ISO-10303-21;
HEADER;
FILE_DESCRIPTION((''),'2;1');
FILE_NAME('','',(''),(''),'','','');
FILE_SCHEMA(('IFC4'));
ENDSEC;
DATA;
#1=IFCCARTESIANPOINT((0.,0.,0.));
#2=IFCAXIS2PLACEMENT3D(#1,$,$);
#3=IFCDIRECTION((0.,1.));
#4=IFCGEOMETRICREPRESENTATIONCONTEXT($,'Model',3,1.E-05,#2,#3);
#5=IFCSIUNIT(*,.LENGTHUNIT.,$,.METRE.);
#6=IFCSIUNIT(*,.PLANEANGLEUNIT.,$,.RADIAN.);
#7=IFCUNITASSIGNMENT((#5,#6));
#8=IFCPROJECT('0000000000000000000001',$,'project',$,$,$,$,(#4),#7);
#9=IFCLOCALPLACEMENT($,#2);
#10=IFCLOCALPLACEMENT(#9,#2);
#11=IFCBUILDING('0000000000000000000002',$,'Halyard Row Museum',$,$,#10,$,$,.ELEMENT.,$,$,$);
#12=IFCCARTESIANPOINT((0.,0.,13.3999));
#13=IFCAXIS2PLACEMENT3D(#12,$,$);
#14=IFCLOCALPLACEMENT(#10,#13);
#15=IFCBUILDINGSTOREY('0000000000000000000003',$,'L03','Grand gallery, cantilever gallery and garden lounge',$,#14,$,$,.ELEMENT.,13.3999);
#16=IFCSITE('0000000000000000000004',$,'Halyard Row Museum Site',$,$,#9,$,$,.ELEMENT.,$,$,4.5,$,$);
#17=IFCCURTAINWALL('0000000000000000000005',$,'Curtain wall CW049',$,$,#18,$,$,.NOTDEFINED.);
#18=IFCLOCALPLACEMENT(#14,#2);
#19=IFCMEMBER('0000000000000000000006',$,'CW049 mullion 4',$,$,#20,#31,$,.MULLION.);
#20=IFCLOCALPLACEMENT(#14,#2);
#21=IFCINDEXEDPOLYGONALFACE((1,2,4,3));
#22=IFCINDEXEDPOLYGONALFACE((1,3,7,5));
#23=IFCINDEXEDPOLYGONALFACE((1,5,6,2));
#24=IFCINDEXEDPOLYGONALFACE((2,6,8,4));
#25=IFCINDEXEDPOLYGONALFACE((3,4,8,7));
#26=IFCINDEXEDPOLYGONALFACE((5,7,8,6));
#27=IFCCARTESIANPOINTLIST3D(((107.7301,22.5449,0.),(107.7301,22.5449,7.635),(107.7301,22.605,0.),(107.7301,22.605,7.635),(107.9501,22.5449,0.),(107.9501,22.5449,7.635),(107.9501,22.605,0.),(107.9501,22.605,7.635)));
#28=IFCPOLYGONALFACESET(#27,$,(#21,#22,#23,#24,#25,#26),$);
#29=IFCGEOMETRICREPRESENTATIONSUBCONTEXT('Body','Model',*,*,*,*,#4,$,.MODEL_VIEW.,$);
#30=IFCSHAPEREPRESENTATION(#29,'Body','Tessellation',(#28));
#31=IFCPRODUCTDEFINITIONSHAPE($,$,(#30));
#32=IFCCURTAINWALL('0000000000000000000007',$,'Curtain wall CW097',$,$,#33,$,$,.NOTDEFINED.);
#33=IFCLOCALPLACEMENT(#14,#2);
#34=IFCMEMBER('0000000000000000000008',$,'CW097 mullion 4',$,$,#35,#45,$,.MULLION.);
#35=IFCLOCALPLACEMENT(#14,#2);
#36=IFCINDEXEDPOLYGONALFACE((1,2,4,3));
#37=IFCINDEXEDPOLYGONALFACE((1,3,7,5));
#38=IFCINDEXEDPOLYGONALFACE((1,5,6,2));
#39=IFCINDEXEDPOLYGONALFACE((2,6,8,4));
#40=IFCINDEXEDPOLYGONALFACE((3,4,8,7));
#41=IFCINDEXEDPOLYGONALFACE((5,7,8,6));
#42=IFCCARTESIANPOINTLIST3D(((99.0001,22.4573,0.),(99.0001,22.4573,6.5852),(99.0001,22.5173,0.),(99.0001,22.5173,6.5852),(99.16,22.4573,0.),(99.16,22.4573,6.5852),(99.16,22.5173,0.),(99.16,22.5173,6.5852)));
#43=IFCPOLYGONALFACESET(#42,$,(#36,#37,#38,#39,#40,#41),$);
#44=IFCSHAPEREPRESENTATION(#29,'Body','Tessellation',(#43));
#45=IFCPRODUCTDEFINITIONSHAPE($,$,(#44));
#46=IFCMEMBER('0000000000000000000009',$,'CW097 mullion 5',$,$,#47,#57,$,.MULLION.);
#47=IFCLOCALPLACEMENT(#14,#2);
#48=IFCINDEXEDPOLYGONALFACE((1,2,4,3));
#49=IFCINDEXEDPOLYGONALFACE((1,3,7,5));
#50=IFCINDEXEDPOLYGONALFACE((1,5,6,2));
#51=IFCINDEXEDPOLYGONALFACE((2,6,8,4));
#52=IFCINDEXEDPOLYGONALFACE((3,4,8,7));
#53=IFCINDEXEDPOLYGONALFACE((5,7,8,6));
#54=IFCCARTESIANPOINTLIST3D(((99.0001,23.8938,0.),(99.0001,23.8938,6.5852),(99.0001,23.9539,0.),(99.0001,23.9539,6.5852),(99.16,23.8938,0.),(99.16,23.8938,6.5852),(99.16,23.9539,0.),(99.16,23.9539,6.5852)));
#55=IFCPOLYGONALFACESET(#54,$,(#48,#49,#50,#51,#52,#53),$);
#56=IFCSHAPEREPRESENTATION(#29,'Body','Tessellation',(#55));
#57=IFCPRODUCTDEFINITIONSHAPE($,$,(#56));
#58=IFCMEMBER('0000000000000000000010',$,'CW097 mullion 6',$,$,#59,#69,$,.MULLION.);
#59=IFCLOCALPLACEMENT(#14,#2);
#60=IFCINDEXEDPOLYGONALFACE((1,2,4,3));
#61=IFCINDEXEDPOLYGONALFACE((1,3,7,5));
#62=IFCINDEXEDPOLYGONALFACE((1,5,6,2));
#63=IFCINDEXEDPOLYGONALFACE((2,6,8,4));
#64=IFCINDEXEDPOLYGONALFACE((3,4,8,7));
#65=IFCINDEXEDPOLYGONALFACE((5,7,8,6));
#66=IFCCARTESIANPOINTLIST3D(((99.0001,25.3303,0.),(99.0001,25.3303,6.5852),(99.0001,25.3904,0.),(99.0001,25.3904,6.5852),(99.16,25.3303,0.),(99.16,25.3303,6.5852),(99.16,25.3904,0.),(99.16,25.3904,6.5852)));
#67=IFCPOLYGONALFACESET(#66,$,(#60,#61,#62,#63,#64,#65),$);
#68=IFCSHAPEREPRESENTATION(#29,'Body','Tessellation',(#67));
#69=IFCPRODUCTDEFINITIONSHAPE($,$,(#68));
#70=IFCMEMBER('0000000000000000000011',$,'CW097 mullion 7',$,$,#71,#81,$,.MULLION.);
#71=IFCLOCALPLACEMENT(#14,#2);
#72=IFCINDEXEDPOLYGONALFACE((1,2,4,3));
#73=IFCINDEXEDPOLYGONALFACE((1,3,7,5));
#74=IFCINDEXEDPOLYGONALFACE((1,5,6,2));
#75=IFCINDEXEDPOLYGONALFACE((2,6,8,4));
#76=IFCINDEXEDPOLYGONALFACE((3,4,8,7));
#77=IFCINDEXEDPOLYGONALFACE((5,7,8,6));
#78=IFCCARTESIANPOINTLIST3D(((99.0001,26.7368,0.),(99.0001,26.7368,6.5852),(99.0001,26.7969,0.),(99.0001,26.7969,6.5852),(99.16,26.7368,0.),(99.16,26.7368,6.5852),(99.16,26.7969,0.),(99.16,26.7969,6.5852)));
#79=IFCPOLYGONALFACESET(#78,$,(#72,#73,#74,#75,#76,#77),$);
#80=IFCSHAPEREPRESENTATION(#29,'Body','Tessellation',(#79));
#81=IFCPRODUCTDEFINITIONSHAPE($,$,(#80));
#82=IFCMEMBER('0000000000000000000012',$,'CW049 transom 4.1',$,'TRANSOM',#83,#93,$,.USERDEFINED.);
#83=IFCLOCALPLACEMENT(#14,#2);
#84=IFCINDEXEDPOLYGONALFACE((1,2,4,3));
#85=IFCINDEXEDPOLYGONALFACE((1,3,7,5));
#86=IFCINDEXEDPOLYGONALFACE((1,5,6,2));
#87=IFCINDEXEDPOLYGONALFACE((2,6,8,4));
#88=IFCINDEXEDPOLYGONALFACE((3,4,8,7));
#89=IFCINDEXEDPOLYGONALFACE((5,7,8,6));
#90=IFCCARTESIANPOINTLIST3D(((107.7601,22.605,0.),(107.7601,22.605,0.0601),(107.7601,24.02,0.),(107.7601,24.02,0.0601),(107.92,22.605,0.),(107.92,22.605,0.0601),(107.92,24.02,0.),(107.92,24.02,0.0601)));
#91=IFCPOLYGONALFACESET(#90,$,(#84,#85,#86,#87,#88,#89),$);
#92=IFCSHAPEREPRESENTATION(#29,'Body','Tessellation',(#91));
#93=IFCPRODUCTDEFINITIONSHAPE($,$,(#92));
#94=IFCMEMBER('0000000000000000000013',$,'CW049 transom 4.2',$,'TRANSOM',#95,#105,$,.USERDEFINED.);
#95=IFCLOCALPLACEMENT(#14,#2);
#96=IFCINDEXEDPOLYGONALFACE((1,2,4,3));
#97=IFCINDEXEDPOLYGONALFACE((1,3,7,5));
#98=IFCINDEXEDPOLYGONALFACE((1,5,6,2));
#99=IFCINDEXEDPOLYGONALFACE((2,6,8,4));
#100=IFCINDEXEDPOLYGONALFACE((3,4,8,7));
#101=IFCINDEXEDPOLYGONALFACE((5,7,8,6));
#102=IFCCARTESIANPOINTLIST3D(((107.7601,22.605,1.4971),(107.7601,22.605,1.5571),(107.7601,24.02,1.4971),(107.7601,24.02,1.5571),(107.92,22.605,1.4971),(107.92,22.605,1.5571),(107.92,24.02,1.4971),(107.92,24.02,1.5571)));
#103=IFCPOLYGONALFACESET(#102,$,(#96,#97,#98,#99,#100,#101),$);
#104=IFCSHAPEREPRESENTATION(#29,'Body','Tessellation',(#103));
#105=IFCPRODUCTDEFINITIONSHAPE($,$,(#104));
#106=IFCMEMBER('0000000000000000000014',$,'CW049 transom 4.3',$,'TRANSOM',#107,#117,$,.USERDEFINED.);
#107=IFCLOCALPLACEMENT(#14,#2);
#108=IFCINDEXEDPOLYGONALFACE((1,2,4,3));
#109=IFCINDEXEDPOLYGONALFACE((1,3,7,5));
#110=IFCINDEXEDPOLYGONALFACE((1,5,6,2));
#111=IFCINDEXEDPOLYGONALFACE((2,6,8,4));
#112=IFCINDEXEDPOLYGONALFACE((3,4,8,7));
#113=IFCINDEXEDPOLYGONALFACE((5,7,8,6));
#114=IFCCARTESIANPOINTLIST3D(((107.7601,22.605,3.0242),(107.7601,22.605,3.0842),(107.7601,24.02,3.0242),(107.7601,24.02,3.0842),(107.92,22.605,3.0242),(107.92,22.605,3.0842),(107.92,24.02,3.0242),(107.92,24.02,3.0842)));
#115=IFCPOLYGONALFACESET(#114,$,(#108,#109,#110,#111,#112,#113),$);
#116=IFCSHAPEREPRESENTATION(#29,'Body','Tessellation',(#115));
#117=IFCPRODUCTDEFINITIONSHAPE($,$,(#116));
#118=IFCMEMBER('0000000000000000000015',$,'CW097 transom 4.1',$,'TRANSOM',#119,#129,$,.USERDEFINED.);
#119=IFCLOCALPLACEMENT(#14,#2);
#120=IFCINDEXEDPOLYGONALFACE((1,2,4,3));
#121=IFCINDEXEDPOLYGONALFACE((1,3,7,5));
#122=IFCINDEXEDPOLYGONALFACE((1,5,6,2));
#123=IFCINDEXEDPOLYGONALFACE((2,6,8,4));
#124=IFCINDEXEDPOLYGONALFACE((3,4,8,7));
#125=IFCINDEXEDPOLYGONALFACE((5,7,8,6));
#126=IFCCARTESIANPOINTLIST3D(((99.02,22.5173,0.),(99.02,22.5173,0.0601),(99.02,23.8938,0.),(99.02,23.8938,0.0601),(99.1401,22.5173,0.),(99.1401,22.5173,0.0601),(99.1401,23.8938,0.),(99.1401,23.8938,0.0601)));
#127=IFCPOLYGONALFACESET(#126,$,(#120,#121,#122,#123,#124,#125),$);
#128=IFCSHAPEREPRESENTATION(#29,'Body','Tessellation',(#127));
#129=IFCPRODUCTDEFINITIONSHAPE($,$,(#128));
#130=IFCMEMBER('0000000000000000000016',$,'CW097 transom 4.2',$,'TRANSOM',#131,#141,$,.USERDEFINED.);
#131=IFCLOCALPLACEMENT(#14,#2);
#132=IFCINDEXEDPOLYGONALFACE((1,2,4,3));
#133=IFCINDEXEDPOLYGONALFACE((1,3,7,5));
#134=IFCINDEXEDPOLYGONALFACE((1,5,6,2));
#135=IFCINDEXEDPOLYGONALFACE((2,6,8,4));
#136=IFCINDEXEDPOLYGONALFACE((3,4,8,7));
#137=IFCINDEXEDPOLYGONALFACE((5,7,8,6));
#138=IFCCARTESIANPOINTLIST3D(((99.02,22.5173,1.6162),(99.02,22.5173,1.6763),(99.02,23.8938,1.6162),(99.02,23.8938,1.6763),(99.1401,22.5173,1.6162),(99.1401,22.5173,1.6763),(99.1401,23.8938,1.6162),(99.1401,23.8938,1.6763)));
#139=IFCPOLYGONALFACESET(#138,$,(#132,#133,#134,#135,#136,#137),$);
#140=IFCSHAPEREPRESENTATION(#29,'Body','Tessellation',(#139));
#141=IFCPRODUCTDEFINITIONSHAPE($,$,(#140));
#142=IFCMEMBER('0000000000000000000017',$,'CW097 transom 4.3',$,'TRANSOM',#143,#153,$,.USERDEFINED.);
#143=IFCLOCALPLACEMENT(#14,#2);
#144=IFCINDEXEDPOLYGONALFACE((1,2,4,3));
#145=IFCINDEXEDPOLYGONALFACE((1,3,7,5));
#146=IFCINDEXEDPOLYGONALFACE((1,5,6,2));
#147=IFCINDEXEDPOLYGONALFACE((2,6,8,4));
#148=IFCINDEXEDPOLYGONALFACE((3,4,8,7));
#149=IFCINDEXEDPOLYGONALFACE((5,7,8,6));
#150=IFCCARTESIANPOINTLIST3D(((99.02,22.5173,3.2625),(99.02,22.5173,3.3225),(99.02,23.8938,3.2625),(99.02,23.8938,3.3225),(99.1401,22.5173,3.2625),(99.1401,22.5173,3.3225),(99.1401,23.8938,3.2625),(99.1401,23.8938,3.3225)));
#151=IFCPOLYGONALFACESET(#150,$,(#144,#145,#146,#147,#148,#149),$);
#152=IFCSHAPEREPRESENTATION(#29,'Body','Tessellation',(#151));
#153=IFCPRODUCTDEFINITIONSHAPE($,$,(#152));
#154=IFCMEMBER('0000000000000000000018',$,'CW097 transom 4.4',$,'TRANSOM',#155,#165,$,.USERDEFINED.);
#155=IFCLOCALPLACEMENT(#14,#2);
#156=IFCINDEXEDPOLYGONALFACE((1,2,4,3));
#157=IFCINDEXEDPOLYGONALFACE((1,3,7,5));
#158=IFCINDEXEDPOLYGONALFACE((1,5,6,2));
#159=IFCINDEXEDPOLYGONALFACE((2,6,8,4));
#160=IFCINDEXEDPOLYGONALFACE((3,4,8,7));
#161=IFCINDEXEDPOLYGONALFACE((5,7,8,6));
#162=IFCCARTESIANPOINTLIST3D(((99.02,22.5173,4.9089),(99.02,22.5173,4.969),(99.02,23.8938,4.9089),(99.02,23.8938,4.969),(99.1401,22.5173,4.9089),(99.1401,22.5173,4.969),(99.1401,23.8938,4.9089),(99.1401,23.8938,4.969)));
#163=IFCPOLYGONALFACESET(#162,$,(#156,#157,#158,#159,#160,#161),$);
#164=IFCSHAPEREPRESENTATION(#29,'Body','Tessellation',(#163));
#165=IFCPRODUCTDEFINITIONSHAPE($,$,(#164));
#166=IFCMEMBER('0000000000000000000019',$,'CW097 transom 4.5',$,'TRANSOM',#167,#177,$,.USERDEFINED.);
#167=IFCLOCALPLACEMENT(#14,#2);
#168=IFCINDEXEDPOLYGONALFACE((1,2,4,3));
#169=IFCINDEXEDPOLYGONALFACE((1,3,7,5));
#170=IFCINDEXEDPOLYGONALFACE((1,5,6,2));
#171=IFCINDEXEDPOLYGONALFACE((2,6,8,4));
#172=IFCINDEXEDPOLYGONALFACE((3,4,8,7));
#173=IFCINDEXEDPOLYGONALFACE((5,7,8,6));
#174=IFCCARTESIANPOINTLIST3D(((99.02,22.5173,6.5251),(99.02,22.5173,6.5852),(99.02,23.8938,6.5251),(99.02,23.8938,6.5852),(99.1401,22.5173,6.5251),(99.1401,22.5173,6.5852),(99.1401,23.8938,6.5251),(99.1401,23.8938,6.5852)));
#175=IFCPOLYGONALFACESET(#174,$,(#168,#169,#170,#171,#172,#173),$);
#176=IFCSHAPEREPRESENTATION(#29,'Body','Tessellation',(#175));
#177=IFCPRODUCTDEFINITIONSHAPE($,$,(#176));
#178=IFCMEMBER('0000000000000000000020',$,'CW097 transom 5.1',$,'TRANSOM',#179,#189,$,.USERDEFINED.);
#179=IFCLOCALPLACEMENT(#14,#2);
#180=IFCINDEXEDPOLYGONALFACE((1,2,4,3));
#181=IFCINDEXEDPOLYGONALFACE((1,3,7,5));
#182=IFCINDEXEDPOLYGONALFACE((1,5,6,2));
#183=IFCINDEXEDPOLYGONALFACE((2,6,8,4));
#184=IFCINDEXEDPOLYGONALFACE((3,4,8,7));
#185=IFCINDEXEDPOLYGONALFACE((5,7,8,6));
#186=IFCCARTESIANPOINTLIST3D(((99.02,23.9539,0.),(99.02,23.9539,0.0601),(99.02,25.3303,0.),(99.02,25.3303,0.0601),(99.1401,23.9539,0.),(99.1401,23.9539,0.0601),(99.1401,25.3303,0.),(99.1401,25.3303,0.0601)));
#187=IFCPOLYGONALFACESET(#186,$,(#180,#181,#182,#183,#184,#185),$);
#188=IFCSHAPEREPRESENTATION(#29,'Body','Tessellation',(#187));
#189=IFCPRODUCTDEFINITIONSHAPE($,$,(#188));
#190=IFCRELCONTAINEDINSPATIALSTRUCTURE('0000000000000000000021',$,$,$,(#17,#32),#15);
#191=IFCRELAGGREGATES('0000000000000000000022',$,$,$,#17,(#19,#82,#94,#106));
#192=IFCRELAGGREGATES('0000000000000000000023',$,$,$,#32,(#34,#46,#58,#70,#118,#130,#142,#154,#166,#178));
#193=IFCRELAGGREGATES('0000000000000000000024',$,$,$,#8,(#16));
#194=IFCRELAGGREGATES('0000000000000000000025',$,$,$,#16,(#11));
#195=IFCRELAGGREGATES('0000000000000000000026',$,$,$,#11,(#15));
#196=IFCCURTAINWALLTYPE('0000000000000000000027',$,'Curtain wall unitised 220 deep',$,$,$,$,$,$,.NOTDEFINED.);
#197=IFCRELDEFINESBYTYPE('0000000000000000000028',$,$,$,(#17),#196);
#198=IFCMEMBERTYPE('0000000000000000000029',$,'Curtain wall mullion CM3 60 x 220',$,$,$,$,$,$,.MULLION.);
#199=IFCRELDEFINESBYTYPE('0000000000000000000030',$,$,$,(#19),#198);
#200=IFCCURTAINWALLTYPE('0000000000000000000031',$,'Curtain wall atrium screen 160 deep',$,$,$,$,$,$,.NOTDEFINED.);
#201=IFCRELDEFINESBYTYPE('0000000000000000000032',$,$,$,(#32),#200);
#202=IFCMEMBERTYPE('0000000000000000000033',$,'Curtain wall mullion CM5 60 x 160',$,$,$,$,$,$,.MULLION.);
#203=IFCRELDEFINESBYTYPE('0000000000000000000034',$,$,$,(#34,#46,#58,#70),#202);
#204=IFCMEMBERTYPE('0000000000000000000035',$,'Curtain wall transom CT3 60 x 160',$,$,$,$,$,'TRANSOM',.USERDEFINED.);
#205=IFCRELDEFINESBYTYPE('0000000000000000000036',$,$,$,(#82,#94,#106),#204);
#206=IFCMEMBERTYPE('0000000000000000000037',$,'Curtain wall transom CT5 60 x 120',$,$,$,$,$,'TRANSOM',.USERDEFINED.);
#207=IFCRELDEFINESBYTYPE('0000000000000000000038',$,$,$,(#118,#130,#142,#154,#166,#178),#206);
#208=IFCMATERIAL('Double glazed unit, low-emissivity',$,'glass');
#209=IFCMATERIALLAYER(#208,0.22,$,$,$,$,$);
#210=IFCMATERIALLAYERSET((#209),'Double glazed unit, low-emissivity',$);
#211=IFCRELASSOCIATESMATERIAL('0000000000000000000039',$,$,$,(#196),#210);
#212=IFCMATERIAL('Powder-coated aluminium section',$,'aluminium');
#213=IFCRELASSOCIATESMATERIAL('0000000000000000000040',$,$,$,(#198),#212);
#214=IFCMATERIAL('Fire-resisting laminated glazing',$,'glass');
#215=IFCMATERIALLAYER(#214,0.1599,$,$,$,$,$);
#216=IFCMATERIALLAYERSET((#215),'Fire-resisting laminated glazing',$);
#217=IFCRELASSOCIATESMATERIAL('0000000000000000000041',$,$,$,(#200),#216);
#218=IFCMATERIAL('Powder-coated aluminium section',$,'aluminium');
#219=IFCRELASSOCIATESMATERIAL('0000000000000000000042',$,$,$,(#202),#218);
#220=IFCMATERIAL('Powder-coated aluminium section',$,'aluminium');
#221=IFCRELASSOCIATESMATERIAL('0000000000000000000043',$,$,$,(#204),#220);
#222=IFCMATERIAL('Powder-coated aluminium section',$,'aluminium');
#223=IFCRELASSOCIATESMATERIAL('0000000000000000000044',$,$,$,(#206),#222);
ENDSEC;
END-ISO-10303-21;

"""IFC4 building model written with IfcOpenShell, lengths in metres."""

from ifc_helpers import new_model, si_unit, direction, frame, origin, origin_2d, place, context, subcontext, project, spatial, rectangle, extrude, material, layer, layer_set, material_profile, profile_set, type_object, element, aggregate, save


model = new_model("IFC4")

# Units and contexts
model_context = context("Model", 3, precision=1e-05, world=origin(), true_north=direction((0.0, 1.0)))
body_context = subcontext(model_context, "Body", "Model", "MODEL_VIEW")
ifc_project = project(units=[si_unit("LENGTHUNIT", "METRE"), si_unit("PLANEANGLEUNIT", "RADIAN")], contexts=[model_context])

# Site, building, storey
site_placement = place(None, origin())
site = spatial("IfcSite", under=ifc_project, at=site_placement, Name="Halyard Row Museum Site", CompositionType="ELEMENT", RefElevation=4.5)
building_placement = place(site_placement, origin())
building = spatial("IfcBuilding", under=site, at=building_placement, Name="Halyard Row Museum", CompositionType="ELEMENT")
storey_placement = place(building_placement, frame((0.0, 0.0, 13.3999)))
storey = spatial("IfcBuildingStorey", under=building, at=storey_placement, Name="L03", Description="Grand gallery, cantilever gallery and garden lounge", CompositionType="ELEMENT", Elevation=13.3999)

# Curtain wall, member
ifc_material_1 = material(Name="Double glazed unit, low-emissivity", Category="glass")
ifc_layer_1 = layer(ifc_material_1, 0.22)
ifc_layer_set_1 = layer_set([ifc_layer_1], Name="Double glazed unit, low-emissivity")
curtain_wall_type_1 = type_object("IfcCurtainWallType", Name="Curtain wall unitised 220 deep", PredefinedType="NOTDEFINED", material=ifc_layer_set_1)
curtain_wall_1_placement = place(storey_placement, origin())
curtain_wall_1 = element("IfcCurtainWall", 1, at=curtain_wall_1_placement, inside=storey, type_object=curtain_wall_type_1, Name="Curtain wall CW049", PredefinedType="NOTDEFINED")
ifc_material_2 = material(Name="Powder-coated aluminium section", Category="aluminium")
ifc_material_profile_1 = material_profile(ifc_material_2, rectangle(XDim=0.22, YDim=0.0601, at=origin_2d()), Name="220x60 mullion")
ifc_profile_set_1 = profile_set([ifc_material_profile_1], Name="Powder-coated aluminium section")
member_type_1 = type_object("IfcMemberType", Name="Curtain wall mullion CM3 60 x 220", PredefinedType="MULLION", material=ifc_profile_set_1)
member_1_placement = place(storey_placement, frame((107.8401, 22.575, 0.0), z_axis=(0.0, 0.0, 1.0), x_axis=(-1.0, 0.0, 0.0)))
member_1 = element("IfcMember", 2, at=member_1_placement, type_object=member_type_1, Name="CW049 mullion 4", PredefinedType="MULLION", context=body_context, shape_type="SweptSolid", body=[
    extrude(rectangle(XDim=0.22, YDim=0.0601, at=origin_2d()), origin(), (0.0, 0.0, 1.0), 7.635),
])

# Curtain wall, members
ifc_material_3 = material(Name="Fire-resisting laminated glazing", Category="glass")
ifc_layer_2 = layer(ifc_material_3, 0.1599)
ifc_layer_set_2 = layer_set([ifc_layer_2], Name="Fire-resisting laminated glazing")
curtain_wall_type_2 = type_object("IfcCurtainWallType", Name="Curtain wall atrium screen 160 deep", PredefinedType="NOTDEFINED", material=ifc_layer_set_2)
curtain_wall_2_placement = place(storey_placement, origin())
curtain_wall_2 = element("IfcCurtainWall", 3, at=curtain_wall_2_placement, inside=storey, type_object=curtain_wall_type_2, Name="Curtain wall CW097", PredefinedType="NOTDEFINED")
ifc_material_4 = material(Name="Powder-coated aluminium section", Category="aluminium")
ifc_material_profile_2 = material_profile(ifc_material_4, rectangle(XDim=0.1599, YDim=0.0601, at=origin_2d()), Name="160x60 mullion")
ifc_profile_set_2 = profile_set([ifc_material_profile_2], Name="Powder-coated aluminium section")
member_type_2 = type_object("IfcMemberType", Name="Curtain wall mullion CM5 60 x 160", PredefinedType="MULLION", material=ifc_profile_set_2)
member_2_placement = place(storey_placement, frame((99.0801, 22.4873, 0.0), z_axis=(0.0, 0.0, 1.0), x_axis=(-1.0, 0.0, 0.0)))
member_2 = element("IfcMember", 4, at=member_2_placement, type_object=member_type_2, Name="CW097 mullion 4", PredefinedType="MULLION", context=body_context, shape_type="SweptSolid", body=[
    extrude(rectangle(XDim=0.1599, YDim=0.0601, at=origin_2d()), origin(), (0.0, 0.0, 1.0), 6.5852),
])
member_3_placement = place(storey_placement, frame((99.0801, 23.9238, 0.0), z_axis=(0.0, 0.0, 1.0), x_axis=(-1.0, 0.0, 0.0)))
member_3 = element("IfcMember", 5, at=member_3_placement, type_object=member_type_2, Name="CW097 mullion 5", PredefinedType="MULLION", context=body_context, shape_type="SweptSolid", body=[
    extrude(rectangle(XDim=0.1599, YDim=0.0601, at=origin_2d()), origin(), (0.0, 0.0, 1.0), 6.5852),
])
member_4_placement = place(storey_placement, frame((99.0801, 25.3604, 0.0), z_axis=(0.0, 0.0, 1.0), x_axis=(-1.0, 0.0, 0.0)))
member_4 = element("IfcMember", 6, at=member_4_placement, type_object=member_type_2, Name="CW097 mullion 6", PredefinedType="MULLION", context=body_context, shape_type="SweptSolid", body=[
    extrude(rectangle(XDim=0.1599, YDim=0.0601, at=origin_2d()), origin(), (0.0, 0.0, 1.0), 6.5852),
])
member_5_placement = place(storey_placement, frame((99.0801, 26.7668, 0.0), z_axis=(0.0, 0.0, 1.0), x_axis=(-1.0, 0.0, 0.0)))
member_5 = element("IfcMember", 7, at=member_5_placement, type_object=member_type_2, Name="CW097 mullion 7", PredefinedType="MULLION", context=body_context, shape_type="SweptSolid", body=[
    extrude(rectangle(XDim=0.1599, YDim=0.0601, at=origin_2d()), origin(), (0.0, 0.0, 1.0), 6.5852),
])

# Members
ifc_material_5 = material(Name="Powder-coated aluminium section", Category="aluminium")
ifc_material_profile_3 = material_profile(ifc_material_5, rectangle(XDim=0.1599, YDim=0.0601, at=origin_2d()), Name="160x60 transom")
ifc_profile_set_3 = profile_set([ifc_material_profile_3], Name="Powder-coated aluminium section")
member_type_3 = type_object("IfcMemberType", Name="Curtain wall transom CT3 60 x 160", ElementType="TRANSOM", PredefinedType="USERDEFINED", material=ifc_profile_set_3)
member_6_placement = place(storey_placement, frame((107.8401, 22.605, 0.03), z_axis=(0.0, 1.0, 0.0), x_axis=(-1.0, 0.0, 0.0)))
member_6 = element("IfcMember", 8, at=member_6_placement, type_object=member_type_3, Name="CW049 transom 4.1", ObjectType="TRANSOM", PredefinedType="USERDEFINED", context=body_context, shape_type="SweptSolid", body=[
    extrude(rectangle(XDim=0.1599, YDim=0.0601, at=origin_2d()), origin(), (0.0, 0.0, 1.0), 1.415),
])
member_7_placement = place(storey_placement, frame((107.8401, 22.605, 1.5271), z_axis=(0.0, 1.0, 0.0), x_axis=(-1.0, 0.0, 0.0)))
member_7 = element("IfcMember", 9, at=member_7_placement, type_object=member_type_3, Name="CW049 transom 4.2", ObjectType="TRANSOM", PredefinedType="USERDEFINED", context=body_context, shape_type="SweptSolid", body=[
    extrude(rectangle(XDim=0.1599, YDim=0.0601, at=origin_2d()), origin(), (0.0, 0.0, 1.0), 1.415),
])
member_8_placement = place(storey_placement, frame((107.8401, 22.605, 3.0542), z_axis=(0.0, 1.0, 0.0), x_axis=(-1.0, 0.0, 0.0)))
member_8 = element("IfcMember", 10, at=member_8_placement, type_object=member_type_3, Name="CW049 transom 4.3", ObjectType="TRANSOM", PredefinedType="USERDEFINED", context=body_context, shape_type="SweptSolid", body=[
    extrude(rectangle(XDim=0.1599, YDim=0.0601, at=origin_2d()), origin(), (0.0, 0.0, 1.0), 1.415),
])
aggregate(curtain_wall_1, [member_1, member_6, member_7, member_8])
ifc_material_6 = material(Name="Powder-coated aluminium section", Category="aluminium")
ifc_material_profile_4 = material_profile(ifc_material_6, rectangle(XDim=0.1201, YDim=0.0601, at=origin_2d()), Name="120x60 transom")
ifc_profile_set_4 = profile_set([ifc_material_profile_4], Name="Powder-coated aluminium section")
member_type_4 = type_object("IfcMemberType", Name="Curtain wall transom CT5 60 x 120", ElementType="TRANSOM", PredefinedType="USERDEFINED", material=ifc_profile_set_4)
member_9_placement = place(storey_placement, frame((99.0801, 22.5173, 0.03), z_axis=(0.0, 1.0, 0.0), x_axis=(-1.0, 0.0, 0.0)))
member_9 = element("IfcMember", 11, at=member_9_placement, type_object=member_type_4, Name="CW097 transom 4.1", ObjectType="TRANSOM", PredefinedType="USERDEFINED", context=body_context, shape_type="SweptSolid", body=[
    extrude(rectangle(XDim=0.1201, YDim=0.0601, at=origin_2d()), origin(), (0.0, 0.0, 1.0), 1.3765),
])
member_10_placement = place(storey_placement, frame((99.0801, 22.5173, 1.6462), z_axis=(0.0, 1.0, 0.0), x_axis=(-1.0, 0.0, 0.0)))
member_10 = element("IfcMember", 12, at=member_10_placement, type_object=member_type_4, Name="CW097 transom 4.2", ObjectType="TRANSOM", PredefinedType="USERDEFINED", context=body_context, shape_type="SweptSolid", body=[
    extrude(rectangle(XDim=0.1201, YDim=0.0601, at=origin_2d()), origin(), (0.0, 0.0, 1.0), 1.3765),
])
member_11_placement = place(storey_placement, frame((99.0801, 22.5173, 3.2925), z_axis=(0.0, 1.0, 0.0), x_axis=(-1.0, 0.0, 0.0)))
member_11 = element("IfcMember", 13, at=member_11_placement, type_object=member_type_4, Name="CW097 transom 4.3", ObjectType="TRANSOM", PredefinedType="USERDEFINED", context=body_context, shape_type="SweptSolid", body=[
    extrude(rectangle(XDim=0.1201, YDim=0.0601, at=origin_2d()), origin(), (0.0, 0.0, 1.0), 1.3765),
])
member_12_placement = place(storey_placement, frame((99.0801, 22.5173, 4.939), z_axis=(0.0, 1.0, 0.0), x_axis=(-1.0, 0.0, 0.0)))
member_12 = element("IfcMember", 14, at=member_12_placement, type_object=member_type_4, Name="CW097 transom 4.4", ObjectType="TRANSOM", PredefinedType="USERDEFINED", context=body_context, shape_type="SweptSolid", body=[
    extrude(rectangle(XDim=0.1201, YDim=0.0601, at=origin_2d()), origin(), (0.0, 0.0, 1.0), 1.3765),
])
member_13_placement = place(storey_placement, frame((99.0801, 22.5173, 6.5552), z_axis=(0.0, 1.0, 0.0), x_axis=(-1.0, 0.0, 0.0)))
member_13 = element("IfcMember", 15, at=member_13_placement, type_object=member_type_4, Name="CW097 transom 4.5", ObjectType="TRANSOM", PredefinedType="USERDEFINED", context=body_context, shape_type="SweptSolid", body=[
    extrude(rectangle(XDim=0.1201, YDim=0.0601, at=origin_2d()), origin(), (0.0, 0.0, 1.0), 1.3765),
])
member_14_placement = place(storey_placement, frame((99.0801, 23.9539, 0.03), z_axis=(0.0, 1.0, 0.0), x_axis=(-1.0, 0.0, 0.0)))
member_14 = element("IfcMember", 16, at=member_14_placement, type_object=member_type_4, Name="CW097 transom 5.1", ObjectType="TRANSOM", PredefinedType="USERDEFINED", context=body_context, shape_type="SweptSolid", body=[
    extrude(rectangle(XDim=0.1201, YDim=0.0601, at=origin_2d()), origin(), (0.0, 0.0, 1.0), 1.3765),
])

aggregate(curtain_wall_2, [member_2, member_3, member_4, member_5, member_9, member_10, member_11, member_12, member_13, member_14])

save(model, "model.ifc")
